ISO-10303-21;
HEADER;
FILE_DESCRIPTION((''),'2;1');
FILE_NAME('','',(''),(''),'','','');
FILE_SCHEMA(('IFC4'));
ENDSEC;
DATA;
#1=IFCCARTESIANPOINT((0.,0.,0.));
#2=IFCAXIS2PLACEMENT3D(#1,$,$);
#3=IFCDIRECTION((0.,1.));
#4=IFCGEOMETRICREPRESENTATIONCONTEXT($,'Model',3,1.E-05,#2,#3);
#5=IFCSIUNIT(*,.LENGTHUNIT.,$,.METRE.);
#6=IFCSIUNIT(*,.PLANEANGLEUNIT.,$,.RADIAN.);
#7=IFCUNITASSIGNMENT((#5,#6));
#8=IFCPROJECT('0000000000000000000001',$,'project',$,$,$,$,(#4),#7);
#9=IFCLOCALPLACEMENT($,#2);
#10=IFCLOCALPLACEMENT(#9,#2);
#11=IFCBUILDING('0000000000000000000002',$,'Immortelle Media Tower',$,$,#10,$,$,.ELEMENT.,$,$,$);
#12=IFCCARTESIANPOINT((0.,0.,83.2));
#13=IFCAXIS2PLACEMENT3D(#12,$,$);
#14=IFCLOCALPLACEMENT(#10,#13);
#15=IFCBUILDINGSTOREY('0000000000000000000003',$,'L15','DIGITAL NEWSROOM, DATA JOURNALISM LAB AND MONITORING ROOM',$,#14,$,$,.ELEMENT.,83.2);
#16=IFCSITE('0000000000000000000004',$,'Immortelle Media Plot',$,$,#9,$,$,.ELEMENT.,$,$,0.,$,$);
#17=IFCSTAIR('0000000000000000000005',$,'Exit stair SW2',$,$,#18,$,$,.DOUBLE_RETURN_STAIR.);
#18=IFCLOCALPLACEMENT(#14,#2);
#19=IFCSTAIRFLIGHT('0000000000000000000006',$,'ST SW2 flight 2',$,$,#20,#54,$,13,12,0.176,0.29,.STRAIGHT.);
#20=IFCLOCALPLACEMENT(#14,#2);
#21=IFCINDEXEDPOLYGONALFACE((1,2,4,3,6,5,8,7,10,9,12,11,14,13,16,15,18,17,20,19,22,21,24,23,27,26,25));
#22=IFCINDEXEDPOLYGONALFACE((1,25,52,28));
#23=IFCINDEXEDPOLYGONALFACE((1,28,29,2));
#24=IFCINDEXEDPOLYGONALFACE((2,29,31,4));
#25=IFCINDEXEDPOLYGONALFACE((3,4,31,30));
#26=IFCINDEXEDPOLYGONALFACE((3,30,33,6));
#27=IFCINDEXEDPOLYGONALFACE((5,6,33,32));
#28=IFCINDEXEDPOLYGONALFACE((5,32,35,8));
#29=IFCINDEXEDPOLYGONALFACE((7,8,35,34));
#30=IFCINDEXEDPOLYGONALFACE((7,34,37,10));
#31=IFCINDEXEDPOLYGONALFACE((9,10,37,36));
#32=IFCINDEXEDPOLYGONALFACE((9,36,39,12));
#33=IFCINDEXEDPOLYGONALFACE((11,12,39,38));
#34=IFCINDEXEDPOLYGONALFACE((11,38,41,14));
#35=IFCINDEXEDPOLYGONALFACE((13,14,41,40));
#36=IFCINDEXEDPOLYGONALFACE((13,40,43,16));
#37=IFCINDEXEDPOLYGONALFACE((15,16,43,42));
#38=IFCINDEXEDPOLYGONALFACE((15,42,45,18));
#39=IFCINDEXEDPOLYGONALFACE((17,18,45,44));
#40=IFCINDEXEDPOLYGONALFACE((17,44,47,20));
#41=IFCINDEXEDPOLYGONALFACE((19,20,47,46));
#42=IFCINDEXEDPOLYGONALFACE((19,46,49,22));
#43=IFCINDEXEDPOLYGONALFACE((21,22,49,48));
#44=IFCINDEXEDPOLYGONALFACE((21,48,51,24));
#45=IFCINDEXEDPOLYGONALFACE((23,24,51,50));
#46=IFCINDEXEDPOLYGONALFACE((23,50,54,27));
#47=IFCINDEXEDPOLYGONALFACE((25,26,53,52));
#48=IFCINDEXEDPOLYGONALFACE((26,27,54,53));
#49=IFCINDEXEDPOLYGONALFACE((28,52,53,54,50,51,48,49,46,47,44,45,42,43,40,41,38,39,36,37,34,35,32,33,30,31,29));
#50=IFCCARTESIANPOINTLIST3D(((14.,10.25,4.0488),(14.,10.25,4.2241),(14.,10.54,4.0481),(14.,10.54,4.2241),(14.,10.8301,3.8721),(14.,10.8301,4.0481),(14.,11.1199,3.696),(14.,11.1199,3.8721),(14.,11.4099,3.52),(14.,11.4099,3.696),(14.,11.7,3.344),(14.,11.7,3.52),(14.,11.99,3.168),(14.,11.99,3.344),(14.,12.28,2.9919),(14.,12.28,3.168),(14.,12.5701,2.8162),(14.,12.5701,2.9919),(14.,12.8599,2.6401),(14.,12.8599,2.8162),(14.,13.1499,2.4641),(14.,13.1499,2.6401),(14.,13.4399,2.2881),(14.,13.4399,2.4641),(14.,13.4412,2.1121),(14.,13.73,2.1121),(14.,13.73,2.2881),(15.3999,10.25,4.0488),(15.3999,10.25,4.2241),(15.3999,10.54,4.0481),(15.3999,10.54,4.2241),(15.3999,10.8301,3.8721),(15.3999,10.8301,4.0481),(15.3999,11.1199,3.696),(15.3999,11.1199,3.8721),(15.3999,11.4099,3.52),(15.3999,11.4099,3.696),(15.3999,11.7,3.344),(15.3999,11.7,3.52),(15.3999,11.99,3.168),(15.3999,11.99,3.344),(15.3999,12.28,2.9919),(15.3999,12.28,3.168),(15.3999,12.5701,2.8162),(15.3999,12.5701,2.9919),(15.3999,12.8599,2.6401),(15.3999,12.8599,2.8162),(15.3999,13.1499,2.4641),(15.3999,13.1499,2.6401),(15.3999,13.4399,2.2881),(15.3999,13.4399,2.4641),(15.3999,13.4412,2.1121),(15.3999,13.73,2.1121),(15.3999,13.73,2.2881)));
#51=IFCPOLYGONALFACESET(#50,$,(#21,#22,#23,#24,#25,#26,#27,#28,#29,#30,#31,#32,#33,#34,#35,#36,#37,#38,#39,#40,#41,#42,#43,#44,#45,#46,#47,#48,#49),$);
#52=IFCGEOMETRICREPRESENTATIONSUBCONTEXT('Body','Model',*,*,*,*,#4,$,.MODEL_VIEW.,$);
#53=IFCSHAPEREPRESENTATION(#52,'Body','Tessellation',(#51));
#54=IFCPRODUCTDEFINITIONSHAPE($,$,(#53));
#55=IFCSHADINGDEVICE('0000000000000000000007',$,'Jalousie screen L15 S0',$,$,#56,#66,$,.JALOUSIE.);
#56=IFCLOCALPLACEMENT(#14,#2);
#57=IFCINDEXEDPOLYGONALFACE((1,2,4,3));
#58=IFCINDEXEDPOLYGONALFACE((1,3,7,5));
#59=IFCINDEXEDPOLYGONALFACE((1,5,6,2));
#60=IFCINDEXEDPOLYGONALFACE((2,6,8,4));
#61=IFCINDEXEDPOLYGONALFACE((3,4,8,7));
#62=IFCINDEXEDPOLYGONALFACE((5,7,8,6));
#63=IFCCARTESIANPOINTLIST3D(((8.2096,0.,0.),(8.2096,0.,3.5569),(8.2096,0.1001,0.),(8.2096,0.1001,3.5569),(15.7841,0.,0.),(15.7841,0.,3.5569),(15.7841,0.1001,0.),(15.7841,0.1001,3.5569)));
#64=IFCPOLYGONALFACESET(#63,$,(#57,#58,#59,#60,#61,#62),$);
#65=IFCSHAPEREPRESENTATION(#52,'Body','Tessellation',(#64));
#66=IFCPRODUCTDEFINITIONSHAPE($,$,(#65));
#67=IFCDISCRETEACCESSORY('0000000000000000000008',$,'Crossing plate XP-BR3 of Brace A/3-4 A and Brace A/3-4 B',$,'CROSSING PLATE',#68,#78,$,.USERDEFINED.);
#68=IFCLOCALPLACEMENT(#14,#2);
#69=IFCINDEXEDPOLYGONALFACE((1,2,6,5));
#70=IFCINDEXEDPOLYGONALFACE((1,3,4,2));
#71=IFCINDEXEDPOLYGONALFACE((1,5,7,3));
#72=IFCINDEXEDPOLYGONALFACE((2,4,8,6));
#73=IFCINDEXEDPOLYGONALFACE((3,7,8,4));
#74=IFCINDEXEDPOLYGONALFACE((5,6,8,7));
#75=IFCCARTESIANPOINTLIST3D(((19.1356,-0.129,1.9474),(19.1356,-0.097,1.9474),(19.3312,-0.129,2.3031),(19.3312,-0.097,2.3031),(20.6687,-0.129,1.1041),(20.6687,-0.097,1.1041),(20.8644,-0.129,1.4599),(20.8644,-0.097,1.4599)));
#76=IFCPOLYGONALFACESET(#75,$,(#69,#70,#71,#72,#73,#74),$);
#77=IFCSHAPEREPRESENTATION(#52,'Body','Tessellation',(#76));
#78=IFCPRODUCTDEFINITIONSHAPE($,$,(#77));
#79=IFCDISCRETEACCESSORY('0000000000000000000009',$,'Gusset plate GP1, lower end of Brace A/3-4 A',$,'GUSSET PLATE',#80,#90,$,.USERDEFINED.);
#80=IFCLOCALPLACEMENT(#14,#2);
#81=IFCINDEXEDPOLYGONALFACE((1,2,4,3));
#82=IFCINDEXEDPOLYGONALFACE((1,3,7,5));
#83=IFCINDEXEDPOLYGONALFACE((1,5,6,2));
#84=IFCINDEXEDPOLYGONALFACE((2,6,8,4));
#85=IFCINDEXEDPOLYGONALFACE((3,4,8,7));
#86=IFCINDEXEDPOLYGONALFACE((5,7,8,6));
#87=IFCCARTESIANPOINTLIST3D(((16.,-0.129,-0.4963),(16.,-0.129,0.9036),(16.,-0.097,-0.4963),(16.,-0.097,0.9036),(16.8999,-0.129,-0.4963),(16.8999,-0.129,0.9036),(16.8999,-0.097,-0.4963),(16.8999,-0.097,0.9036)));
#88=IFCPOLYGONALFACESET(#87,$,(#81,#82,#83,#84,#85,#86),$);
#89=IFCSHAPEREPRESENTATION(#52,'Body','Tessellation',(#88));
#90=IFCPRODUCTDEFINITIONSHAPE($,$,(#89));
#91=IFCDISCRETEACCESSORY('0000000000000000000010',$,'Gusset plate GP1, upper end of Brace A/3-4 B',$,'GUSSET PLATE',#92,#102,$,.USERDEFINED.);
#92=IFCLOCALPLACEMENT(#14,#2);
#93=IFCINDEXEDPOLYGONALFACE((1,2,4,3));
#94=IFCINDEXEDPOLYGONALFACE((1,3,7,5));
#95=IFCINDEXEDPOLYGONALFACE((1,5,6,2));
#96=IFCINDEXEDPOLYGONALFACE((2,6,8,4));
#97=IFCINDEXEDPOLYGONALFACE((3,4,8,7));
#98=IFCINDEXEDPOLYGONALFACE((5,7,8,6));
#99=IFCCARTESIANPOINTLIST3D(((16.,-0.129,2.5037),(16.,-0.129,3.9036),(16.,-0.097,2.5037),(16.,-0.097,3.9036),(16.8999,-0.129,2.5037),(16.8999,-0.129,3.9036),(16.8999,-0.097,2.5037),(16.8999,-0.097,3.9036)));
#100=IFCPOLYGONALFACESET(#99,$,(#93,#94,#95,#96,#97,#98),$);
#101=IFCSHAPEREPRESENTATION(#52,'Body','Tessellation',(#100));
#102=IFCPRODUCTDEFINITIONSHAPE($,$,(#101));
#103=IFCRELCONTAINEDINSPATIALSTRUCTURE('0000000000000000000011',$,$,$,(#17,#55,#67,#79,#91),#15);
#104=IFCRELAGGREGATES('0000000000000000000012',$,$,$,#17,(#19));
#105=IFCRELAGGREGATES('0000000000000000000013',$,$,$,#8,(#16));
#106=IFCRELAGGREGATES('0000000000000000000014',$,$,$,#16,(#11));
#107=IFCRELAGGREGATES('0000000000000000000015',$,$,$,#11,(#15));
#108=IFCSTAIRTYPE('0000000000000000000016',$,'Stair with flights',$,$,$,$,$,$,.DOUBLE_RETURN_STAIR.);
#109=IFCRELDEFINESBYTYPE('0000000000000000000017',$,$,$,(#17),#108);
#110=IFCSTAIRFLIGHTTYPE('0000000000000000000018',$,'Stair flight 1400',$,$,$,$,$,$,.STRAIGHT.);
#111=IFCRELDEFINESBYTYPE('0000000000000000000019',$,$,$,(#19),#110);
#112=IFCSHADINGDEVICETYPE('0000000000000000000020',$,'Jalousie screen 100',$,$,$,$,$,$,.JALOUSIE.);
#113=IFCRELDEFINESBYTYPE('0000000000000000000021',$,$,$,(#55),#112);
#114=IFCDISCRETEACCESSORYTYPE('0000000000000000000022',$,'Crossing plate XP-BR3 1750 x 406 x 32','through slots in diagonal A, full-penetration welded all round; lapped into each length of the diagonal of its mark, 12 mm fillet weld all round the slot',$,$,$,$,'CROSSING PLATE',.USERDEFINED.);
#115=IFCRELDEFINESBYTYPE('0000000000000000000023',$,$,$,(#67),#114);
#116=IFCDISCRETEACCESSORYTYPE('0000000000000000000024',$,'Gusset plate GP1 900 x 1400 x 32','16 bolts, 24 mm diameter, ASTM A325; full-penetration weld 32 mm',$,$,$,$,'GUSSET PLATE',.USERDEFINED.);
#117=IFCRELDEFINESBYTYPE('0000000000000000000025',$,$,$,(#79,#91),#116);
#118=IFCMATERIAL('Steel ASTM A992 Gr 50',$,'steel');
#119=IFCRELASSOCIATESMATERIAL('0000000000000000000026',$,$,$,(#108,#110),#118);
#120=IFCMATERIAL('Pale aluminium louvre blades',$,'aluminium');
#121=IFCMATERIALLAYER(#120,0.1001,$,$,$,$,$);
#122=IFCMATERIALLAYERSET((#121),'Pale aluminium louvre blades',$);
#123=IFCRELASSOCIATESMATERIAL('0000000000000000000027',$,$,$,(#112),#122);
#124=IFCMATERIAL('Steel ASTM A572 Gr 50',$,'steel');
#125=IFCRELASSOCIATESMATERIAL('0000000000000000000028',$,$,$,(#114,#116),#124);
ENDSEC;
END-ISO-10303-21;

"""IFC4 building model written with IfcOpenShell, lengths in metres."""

from ifc_helpers import new_model, si_unit, direction, frame, origin, origin_2d, place, context, subcontext, project, spatial, polyline, rectangle, outline, extrude, material, layer, layer_set, material_profile, profile_set, type_object, element, aggregate, save


model = new_model("IFC4")

# Units and contexts
model_context = context("Model", 3, precision=1e-05, world=origin(), true_north=direction((0.0, 1.0)))
body_context = subcontext(model_context, "Body", "Model", "MODEL_VIEW")
ifc_project = project(units=[si_unit("LENGTHUNIT", "METRE"), si_unit("PLANEANGLEUNIT", "RADIAN")], contexts=[model_context])

# Site, building, storey
site_placement = place(None, origin())
site = spatial("IfcSite", under=ifc_project, at=site_placement, Name="Immortelle Media Plot", CompositionType="ELEMENT", RefElevation=0.0)
building_placement = place(site_placement, origin())
building = spatial("IfcBuilding", under=site, at=building_placement, Name="Immortelle Media Tower", CompositionType="ELEMENT")
storey_placement = place(building_placement, frame((0.0, 0.0, 83.2)))
storey = spatial("IfcBuildingStorey", under=building, at=storey_placement, Name="L15", Description="DIGITAL NEWSROOM, DATA JOURNALISM LAB AND MONITORING ROOM", CompositionType="ELEMENT", Elevation=83.2)

# Shared definitions
ifc_material_1 = material(Name="Steel ASTM A992 Gr 50", Category="steel")

# Stair, stair flight
stair_type = type_object("IfcStairType", Name="Stair with flights", PredefinedType="DOUBLE_RETURN_STAIR", material=ifc_material_1)
stair_placement = place(storey_placement, origin())
stair = element("IfcStair", 1, at=stair_placement, inside=storey, type_object=stair_type, Name="Exit stair SW2", PredefinedType="DOUBLE_RETURN_STAIR")
stair_flight_type = type_object("IfcStairFlightType", Name="Stair flight 1400", PredefinedType="STRAIGHT", material=ifc_material_1)
stair_flight_1_placement = place(storey_placement, frame((14.7, 13.73, 2.1121), z_axis=(0.0, 0.0, 1.0), x_axis=(0.0, -1.0, 0.0)))
stair_flight_1 = element("IfcStairFlight", 2, at=stair_flight_1_placement, type_object=stair_flight_type, Name="ST SW2 flight 2", NumberOfRisers=13, NumberOfTreads=12, PredefinedType="STRAIGHT", RiserHeight=0.176, TreadLength=0.29, context=body_context, shape_type="SweptSolid", body=[
    extrude(outline(polyline([(0.0, 0.0), (0.0, 0.176), (0.29, 0.176), (0.29, 0.3521), (0.5801, 0.3521), (0.5801, 0.5281), (0.8701, 0.5281), (0.8701, 0.7041), (1.1599, 0.7041), (1.1599, 0.8799), (1.45, 0.8799), (1.45, 1.0559), (1.74, 1.0559), (1.74, 1.2319), (2.03, 1.2319), (2.03, 1.408), (2.3201, 1.408), (2.3201, 1.584), (2.6101, 1.584), (2.6101, 1.76), (2.8999, 1.76), (2.8999, 1.936), (3.1899, 1.936), (3.1899, 2.1121), (3.48, 2.1121), (3.48, 2.2881), (3.48, 1.9368), (0.2888, 0.0), (0.0, 0.0)])), frame((0.0, 0.7, 0.0), z_axis=(0.0, -1.0, 0.0), x_axis=(1.0, 0.0, 0.0)), (0.0, 0.0, 1.0), 1.3999),
])
aggregate(stair, [stair_flight_1])

# Shading device
ifc_material_2 = material(Name="Pale aluminium louvre blades", Category="aluminium")
ifc_layer_1 = layer(ifc_material_2, 0.1001)
ifc_layer_set_1 = layer_set([ifc_layer_1], Name="Pale aluminium louvre blades")
shading_device_type = type_object("IfcShadingDeviceType", Name="Jalousie screen 100", PredefinedType="JALOUSIE", material=ifc_layer_set_1)
shading_device_placement = place(storey_placement, frame((11.9968, 0.05, 0.0), z_axis=(0.0, 0.0, 1.0), x_axis=(1.0, 0.0, 0.0)))
element("IfcShadingDevice", 3, at=shading_device_placement, inside=storey, type_object=shading_device_type, Name="Jalousie screen L15 S0", PredefinedType="JALOUSIE", context=body_context, shape_type="SweptSolid", body=[
    extrude(rectangle(XDim=7.5745, YDim=0.1001, at=origin_2d()), origin(), (0.0, 0.0, 1.0), 3.5569),
])

# Discrete accessories
ifc_material_3 = material(Name="Steel ASTM A572 Gr 50", Category="steel")
ifc_material_profile_1 = material_profile(ifc_material_3, rectangle(XDim=0.032, YDim=0.406, at=origin_2d()), Name="PL 32 x 406")
ifc_profile_set_1 = profile_set([ifc_material_profile_1], Name="Steel ASTM A572 Gr 50")
discrete_accessory_type_1 = type_object("IfcDiscreteAccessoryType", Name="Crossing plate XP-BR3 1750 x 406 x 32", Description="through slots in diagonal A, full-penetration welded all round; lapped into each length of the diagonal of its mark, 12 mm fillet weld all round the slot", ElementType="CROSSING PLATE", PredefinedType="USERDEFINED", material=ifc_profile_set_1)
discrete_accessory_placement = place(storey_placement, frame((19.2334, -0.113, 2.1252), z_axis=(0.876216, 0.0, -0.481919), x_axis=(0.0, 1.0, 0.0)))
element("IfcDiscreteAccessory", 4, at=discrete_accessory_placement, inside=storey, type_object=discrete_accessory_type_1, Name="Crossing plate XP-BR3 of Brace A/3-4 A and Brace A/3-4 B", ObjectType="CROSSING PLATE", PredefinedType="USERDEFINED", context=body_context, shape_type="SweptSolid", body=[
    extrude(rectangle(XDim=0.032, YDim=0.406, at=origin_2d()), origin(), (0.0, 0.0, 1.0), 1.7498),
])
ifc_material_profile_2 = material_profile(ifc_material_3, rectangle(XDim=0.032, YDim=1.3999, at=origin_2d()), Name="PL 32 x 1400")
ifc_profile_set_2 = profile_set([ifc_material_profile_2], Name="Steel ASTM A572 Gr 50")
discrete_accessory_type_2 = type_object("IfcDiscreteAccessoryType", Name="Gusset plate GP1 900 x 1400 x 32", Description="16 bolts, 24 mm diameter, ASTM A325; full-penetration weld 32 mm", ElementType="GUSSET PLATE", PredefinedType="USERDEFINED", material=ifc_profile_set_2)
for number, where, z_axis, x_axis, name in (
    (5, (16.0, -0.113, 0.2036), (1.0, 0.0, 0.0), (0.0, 1.0, 0.0), "Gusset plate GP1, lower end of Brace A/3-4 A"),
    (6, (16.0, -0.113, 3.2036), (1.0, 0.0, 0.0), (0.0, 1.0, 0.0), "Gusset plate GP1, upper end of Brace A/3-4 B"),
):
    element("IfcDiscreteAccessory", number, at=place(storey_placement, frame(where, z_axis=z_axis, x_axis=x_axis)), inside=storey, type_object=discrete_accessory_type_2, Name=name, ObjectType="GUSSET PLATE", PredefinedType="USERDEFINED", context=body_context, shape_type="SweptSolid", body=[
        extrude(rectangle(XDim=0.032, YDim=1.3999, at=origin_2d()), origin(), (0.0, 0.0, 1.0), 0.8999),
    ])

save(model, "model.ifc")
